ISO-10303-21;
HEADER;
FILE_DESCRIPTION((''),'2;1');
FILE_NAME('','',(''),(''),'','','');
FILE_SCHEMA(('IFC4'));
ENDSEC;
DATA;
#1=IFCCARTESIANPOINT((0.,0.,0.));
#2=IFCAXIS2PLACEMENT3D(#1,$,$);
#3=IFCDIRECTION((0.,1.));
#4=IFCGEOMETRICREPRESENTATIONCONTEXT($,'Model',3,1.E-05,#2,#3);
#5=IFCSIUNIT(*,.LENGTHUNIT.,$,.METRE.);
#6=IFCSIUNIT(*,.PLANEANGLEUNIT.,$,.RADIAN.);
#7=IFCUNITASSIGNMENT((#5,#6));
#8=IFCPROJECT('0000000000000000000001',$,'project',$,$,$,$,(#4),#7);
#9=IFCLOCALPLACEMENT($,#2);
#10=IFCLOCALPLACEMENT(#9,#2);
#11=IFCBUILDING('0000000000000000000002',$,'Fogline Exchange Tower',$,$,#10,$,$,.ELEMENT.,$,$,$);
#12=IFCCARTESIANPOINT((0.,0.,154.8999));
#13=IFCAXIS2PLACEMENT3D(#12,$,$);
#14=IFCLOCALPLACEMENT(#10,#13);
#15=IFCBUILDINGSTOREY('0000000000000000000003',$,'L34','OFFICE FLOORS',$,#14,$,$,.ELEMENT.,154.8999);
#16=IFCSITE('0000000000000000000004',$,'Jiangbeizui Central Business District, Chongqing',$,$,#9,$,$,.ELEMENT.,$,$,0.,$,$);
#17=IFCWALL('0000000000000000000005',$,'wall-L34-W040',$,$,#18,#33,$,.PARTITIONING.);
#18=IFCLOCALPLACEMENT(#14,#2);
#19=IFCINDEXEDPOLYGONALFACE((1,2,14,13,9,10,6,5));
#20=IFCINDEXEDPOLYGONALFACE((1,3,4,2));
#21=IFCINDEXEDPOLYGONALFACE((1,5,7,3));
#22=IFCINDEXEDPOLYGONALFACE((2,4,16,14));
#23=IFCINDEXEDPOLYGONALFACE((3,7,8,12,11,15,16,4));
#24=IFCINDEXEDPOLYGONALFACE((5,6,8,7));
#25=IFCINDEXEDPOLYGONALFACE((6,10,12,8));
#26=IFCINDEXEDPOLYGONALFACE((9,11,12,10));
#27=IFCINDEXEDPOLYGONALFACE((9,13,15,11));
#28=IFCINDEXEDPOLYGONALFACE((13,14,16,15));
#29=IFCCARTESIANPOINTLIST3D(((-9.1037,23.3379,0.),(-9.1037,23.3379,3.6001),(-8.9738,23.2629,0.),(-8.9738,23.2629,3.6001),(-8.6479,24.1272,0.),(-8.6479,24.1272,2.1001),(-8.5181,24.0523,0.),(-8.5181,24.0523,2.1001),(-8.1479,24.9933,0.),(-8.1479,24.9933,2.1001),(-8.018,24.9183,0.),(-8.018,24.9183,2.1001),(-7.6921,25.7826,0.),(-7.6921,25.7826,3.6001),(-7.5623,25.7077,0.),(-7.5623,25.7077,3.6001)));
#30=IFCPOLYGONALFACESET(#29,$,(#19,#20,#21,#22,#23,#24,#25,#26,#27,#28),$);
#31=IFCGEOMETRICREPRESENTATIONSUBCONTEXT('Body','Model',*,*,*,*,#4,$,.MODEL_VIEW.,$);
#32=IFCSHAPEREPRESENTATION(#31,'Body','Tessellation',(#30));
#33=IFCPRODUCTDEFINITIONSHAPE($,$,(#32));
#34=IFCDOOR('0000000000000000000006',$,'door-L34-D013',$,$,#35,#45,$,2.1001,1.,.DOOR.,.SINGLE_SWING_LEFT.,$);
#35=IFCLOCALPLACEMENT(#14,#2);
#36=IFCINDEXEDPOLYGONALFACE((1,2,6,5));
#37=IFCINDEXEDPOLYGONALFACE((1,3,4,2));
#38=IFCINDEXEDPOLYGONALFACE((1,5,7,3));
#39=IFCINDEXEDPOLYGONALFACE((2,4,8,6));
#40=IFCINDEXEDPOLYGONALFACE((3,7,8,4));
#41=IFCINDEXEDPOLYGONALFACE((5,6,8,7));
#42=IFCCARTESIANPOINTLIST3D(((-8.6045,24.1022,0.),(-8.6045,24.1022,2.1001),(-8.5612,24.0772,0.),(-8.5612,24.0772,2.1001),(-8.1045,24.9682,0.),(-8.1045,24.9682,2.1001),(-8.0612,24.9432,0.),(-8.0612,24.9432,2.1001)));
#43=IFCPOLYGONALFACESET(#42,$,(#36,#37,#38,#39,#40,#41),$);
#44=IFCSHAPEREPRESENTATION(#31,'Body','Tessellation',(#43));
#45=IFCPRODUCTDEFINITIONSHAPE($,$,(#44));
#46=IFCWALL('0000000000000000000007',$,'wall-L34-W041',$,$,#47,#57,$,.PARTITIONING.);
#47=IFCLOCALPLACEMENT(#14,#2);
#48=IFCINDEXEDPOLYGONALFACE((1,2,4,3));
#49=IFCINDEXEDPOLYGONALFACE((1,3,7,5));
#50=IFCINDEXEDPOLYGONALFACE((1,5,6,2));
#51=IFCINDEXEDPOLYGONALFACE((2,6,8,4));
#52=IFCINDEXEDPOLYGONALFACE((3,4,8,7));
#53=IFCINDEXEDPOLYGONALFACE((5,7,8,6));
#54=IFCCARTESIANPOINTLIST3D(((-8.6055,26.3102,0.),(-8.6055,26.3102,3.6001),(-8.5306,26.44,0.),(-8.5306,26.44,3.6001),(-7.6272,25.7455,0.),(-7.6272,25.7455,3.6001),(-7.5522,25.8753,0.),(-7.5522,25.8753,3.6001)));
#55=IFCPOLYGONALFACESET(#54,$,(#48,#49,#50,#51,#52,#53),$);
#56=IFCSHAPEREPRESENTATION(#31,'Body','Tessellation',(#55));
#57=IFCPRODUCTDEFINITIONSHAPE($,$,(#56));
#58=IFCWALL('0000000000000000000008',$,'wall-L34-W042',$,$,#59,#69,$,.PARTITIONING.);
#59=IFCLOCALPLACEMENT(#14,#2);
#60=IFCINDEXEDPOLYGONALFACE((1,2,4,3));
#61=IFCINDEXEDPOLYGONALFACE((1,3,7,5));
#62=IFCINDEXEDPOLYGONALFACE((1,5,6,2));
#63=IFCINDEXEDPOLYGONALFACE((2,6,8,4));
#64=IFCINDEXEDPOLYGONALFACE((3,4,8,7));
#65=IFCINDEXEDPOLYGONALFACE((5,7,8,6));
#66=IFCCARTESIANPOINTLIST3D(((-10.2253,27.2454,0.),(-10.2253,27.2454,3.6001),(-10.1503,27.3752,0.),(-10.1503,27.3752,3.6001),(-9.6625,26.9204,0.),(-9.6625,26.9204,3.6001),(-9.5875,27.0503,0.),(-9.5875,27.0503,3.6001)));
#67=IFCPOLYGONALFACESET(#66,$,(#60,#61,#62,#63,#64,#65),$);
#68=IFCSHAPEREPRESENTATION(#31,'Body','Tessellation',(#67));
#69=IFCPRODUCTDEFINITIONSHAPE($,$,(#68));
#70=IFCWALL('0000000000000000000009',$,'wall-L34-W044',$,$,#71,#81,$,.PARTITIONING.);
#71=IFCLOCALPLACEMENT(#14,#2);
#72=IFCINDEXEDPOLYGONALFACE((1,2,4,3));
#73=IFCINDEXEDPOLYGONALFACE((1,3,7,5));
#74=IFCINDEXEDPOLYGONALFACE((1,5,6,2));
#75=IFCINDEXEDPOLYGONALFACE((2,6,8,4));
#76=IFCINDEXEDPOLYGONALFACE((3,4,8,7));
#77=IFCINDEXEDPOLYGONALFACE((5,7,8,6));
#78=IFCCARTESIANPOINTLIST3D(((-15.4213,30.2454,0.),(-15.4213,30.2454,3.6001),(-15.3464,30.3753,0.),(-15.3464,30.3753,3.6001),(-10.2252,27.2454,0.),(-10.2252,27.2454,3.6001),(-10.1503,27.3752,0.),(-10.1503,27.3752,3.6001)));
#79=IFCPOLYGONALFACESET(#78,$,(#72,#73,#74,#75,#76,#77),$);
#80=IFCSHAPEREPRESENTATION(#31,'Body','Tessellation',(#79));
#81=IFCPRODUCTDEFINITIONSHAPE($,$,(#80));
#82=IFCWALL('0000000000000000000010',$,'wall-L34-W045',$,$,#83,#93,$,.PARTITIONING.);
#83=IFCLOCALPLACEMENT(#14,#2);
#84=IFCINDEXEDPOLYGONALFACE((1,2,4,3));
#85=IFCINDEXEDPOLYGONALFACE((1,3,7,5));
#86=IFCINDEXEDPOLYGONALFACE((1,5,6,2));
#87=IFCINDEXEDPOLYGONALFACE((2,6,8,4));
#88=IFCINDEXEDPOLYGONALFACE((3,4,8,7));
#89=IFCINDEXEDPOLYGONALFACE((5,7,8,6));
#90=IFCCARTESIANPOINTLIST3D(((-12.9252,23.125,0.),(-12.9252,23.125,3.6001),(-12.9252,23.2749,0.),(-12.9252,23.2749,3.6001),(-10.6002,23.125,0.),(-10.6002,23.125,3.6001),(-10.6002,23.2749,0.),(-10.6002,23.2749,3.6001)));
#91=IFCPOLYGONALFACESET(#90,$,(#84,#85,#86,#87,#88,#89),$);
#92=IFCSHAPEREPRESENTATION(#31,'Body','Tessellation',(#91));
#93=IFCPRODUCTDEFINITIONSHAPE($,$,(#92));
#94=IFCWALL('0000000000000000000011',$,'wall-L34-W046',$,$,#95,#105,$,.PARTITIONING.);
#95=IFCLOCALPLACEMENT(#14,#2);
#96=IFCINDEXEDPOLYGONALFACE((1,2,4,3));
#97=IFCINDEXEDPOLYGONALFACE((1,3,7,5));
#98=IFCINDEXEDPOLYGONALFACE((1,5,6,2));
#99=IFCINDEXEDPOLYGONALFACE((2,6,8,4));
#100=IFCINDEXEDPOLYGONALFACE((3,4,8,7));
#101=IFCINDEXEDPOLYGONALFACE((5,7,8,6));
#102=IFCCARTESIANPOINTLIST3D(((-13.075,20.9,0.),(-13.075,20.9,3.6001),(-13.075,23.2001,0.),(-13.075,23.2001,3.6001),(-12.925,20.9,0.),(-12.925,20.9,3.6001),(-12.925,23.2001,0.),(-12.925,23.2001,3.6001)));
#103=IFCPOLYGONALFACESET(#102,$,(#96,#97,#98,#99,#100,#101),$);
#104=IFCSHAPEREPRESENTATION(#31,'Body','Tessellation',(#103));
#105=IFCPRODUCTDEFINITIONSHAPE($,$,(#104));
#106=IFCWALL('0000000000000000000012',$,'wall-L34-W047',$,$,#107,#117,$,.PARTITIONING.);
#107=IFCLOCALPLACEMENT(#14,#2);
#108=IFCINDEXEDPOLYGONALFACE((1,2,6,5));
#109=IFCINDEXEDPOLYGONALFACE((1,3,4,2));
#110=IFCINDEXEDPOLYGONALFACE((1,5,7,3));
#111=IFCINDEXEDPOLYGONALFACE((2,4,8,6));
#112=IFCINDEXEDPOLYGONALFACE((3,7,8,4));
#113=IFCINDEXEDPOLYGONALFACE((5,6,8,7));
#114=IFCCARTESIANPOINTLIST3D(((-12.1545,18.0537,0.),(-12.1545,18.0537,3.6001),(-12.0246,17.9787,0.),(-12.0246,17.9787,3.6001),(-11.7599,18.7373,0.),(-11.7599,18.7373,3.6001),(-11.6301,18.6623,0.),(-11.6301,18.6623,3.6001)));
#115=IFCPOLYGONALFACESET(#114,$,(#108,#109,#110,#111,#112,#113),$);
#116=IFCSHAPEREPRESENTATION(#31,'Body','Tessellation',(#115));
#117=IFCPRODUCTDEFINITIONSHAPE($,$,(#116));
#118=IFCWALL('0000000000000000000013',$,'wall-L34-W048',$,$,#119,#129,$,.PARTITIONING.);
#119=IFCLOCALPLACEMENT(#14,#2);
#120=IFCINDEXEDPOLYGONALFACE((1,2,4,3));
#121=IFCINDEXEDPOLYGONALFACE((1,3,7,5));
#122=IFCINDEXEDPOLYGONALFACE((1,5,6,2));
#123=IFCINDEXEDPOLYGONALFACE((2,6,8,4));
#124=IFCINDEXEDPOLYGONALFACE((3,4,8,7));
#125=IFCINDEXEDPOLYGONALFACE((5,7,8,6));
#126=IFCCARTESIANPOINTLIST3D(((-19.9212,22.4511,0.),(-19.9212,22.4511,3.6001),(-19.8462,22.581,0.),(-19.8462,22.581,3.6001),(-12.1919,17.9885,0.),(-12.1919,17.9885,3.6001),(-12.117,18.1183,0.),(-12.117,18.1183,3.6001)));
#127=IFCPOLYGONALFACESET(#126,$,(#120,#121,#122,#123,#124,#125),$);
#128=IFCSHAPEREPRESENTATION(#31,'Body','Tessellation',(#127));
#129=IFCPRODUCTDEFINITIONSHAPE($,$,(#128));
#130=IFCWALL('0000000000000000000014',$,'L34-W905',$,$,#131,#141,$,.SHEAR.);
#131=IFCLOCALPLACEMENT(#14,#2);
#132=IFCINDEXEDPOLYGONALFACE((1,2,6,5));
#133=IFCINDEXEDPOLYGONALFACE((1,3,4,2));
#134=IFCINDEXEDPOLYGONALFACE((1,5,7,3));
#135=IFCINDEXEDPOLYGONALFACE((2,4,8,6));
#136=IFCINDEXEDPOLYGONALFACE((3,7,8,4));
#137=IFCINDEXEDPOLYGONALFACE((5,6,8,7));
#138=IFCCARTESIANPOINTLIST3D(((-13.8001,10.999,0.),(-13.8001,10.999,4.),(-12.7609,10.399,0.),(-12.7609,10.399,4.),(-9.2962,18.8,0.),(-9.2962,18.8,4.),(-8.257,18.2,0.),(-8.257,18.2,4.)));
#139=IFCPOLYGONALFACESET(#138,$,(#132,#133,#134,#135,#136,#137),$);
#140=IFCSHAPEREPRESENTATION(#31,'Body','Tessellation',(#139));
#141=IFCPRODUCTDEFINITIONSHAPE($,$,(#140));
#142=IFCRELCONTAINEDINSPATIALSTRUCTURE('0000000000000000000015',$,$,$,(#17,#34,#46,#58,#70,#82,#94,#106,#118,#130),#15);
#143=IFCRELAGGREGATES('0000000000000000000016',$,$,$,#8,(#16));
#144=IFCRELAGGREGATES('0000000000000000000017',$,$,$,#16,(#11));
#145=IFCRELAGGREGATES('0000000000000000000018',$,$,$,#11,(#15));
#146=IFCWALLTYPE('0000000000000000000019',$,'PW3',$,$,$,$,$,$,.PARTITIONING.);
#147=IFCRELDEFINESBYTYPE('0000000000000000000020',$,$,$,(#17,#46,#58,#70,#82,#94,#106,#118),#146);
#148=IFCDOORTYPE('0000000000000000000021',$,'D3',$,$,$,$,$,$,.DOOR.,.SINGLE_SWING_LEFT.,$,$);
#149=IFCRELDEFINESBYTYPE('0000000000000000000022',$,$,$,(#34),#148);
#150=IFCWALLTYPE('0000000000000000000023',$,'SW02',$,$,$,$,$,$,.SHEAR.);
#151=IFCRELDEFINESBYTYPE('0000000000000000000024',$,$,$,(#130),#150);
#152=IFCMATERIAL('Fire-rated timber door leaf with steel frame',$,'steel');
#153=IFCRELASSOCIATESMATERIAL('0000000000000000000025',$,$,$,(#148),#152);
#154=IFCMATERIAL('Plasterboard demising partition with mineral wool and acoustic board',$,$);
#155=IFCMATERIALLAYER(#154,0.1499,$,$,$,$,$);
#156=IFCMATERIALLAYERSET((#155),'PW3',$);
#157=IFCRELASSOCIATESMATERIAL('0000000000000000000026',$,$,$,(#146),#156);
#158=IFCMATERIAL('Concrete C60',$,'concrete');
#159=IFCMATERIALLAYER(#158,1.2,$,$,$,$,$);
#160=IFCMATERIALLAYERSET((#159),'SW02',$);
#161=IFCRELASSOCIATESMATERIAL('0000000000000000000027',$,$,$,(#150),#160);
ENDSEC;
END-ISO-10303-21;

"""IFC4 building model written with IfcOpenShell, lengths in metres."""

from ifc_helpers import new_model, si_unit, direction, frame, frame_2d, origin, place, context, subcontext, project, spatial, rectangle, extrude, material, layer, layer_set, type_object, element, fill, save


model = new_model("IFC4")

# Units and contexts
model_context = context("Model", 3, precision=1e-05, world=origin(), true_north=direction((0.0, 1.0)))
body_context = subcontext(model_context, "Body", "Model", "MODEL_VIEW")
ifc_project = project(units=[si_unit("LENGTHUNIT", "METRE"), si_unit("PLANEANGLEUNIT", "RADIAN")], contexts=[model_context])

# Site, building, storey
site_placement = place(None, origin())
site = spatial("IfcSite", under=ifc_project, at=site_placement, Name="Jiangbeizui Central Business District, Chongqing", CompositionType="ELEMENT", RefElevation=0.0)
building_placement = place(site_placement, origin())
building = spatial("IfcBuilding", under=site, at=building_placement, Name="Fogline Exchange Tower", CompositionType="ELEMENT")
storey_placement = place(building_placement, frame((0.0, 0.0, 154.8999)))
storey = spatial("IfcBuildingStorey", under=building, at=storey_placement, Name="L34", Description="OFFICE FLOORS", CompositionType="ELEMENT", Elevation=154.8999)

# Shared definitions
ifc_material_1 = material(Name="Fire-rated timber door leaf with steel frame", Category="steel")
door_type_1 = type_object("IfcDoorType", Name="D3", OperationType="SINGLE_SWING_LEFT", PredefinedType="DOOR", material=ifc_material_1)

# Wall, opening, door
ifc_material_2 = material(Name="Plasterboard demising partition with mineral wool and acoustic board")
ifc_layer_1 = layer(ifc_material_2, 0.1499)
ifc_layer_set_1 = layer_set([ifc_layer_1], Name="PW3")
wall_type_1 = type_object("IfcWallType", Name="PW3", PredefinedType="PARTITIONING", material=ifc_layer_set_1)
wall_1_placement = place(storey_placement, frame((-9.0388, 23.3003, 0.0), z_axis=(0.0, 0.0, 1.0), x_axis=(0.500027, 0.86601, 0.0)))
wall_1 = element("IfcWall", 1, at=wall_1_placement, inside=storey, type_object=wall_type_1, Name="wall-L34-W040", PredefinedType="PARTITIONING", context=body_context, shape_type="SweptSolid", body=[
    extrude(rectangle(XDim=2.823, YDim=0.1499, at=frame_2d((1.4116, 0.0))), origin(), (0.0, 0.0, 1.0), 3.6001),
])
opening_1_placement = place(wall_1_placement, frame((0.9116, 0.0, 0.0)))
opening_1 = element("IfcOpeningElement", 2, at=opening_1_placement, cuts=wall_1, PredefinedType="OPENING", context=body_context, shape_type="SweptSolid", body=[
    extrude(rectangle(XDim=1.0, YDim=2.1001, at=frame_2d((0.5, 1.05))), frame((0.0, 0.085, 0.0), z_axis=(0.0, -1.0, 0.0), x_axis=(1.0, 0.0, 0.0)), (0.0, 0.0, 1.0), 0.1699),
])
door_1_placement = place(opening_1_placement, origin())
door_1 = element("IfcDoor", 3, at=door_1_placement, inside=storey, type_object=door_type_1, Name="door-L34-D013", OperationType="SINGLE_SWING_LEFT", OverallHeight=2.1001, OverallWidth=1.0, PredefinedType="DOOR", context=body_context, shape_type="SweptSolid", body=[
    extrude(rectangle(XDim=1.0, YDim=2.1001, at=frame_2d((0.5, 1.05))), frame((0.0, 0.0249, 0.0), z_axis=(0.0, -1.0, 0.0), x_axis=(1.0, 0.0, 0.0)), (0.0, 0.0, 1.0), 0.05),
])
fill(opening_1, door_1)

# Walls
wall_2_placement = place(storey_placement, frame((-7.5896, 25.8103, 0.0), z_axis=(0.0, 0.0, 1.0), x_axis=(-0.866067, 0.499928, 0.0)))
element("IfcWall", 4, at=wall_2_placement, inside=storey, type_object=wall_type_1, Name="wall-L34-W041", PredefinedType="PARTITIONING", context=body_context, shape_type="SweptSolid", body=[
    extrude(rectangle(XDim=1.1296, YDim=0.1499, at=frame_2d((0.5649, 0.0))), origin(), (0.0, 0.0, 1.0), 3.6001),
])
wall_3_placement = place(storey_placement, frame((-9.625, 26.9854, 0.0), z_axis=(0.0, 0.0, 1.0), x_axis=(-0.865992, 0.500059, 0.0)))
element("IfcWall", 5, at=wall_3_placement, inside=storey, type_object=wall_type_1, Name="wall-L34-W042", PredefinedType="PARTITIONING", context=body_context, shape_type="SweptSolid", body=[
    extrude(rectangle(XDim=0.6499, YDim=0.1499, at=frame_2d((0.325, 0.0))), origin(), (0.0, 0.0, 1.0), 3.6001),
])
wall_4_placement = place(storey_placement, frame((-10.1877, 27.3103, 0.0), z_axis=(0.0, 0.0, 1.0), x_axis=(-0.866021, 0.500008, 0.0)))
element("IfcWall", 6, at=wall_4_placement, inside=storey, type_object=wall_type_1, Name="wall-L34-W044", PredefinedType="PARTITIONING", context=body_context, shape_type="SweptSolid", body=[
    extrude(rectangle(XDim=6.0, YDim=0.1499, at=frame_2d((3.0, 0.0))), origin(), (0.0, 0.0, 1.0), 3.6001),
])
wall_5_placement = place(storey_placement, frame((-10.6001, 23.2, 0.0), z_axis=(0.0, 0.0, 1.0), x_axis=(-1.0, 0.0, 0.0)))
element("IfcWall", 7, at=wall_5_placement, inside=storey, type_object=wall_type_1, Name="wall-L34-W045", PredefinedType="PARTITIONING", context=body_context, shape_type="SweptSolid", body=[
    extrude(rectangle(XDim=2.325, YDim=0.1499, at=frame_2d((1.1626, 0.0))), origin(), (0.0, 0.0, 1.0), 3.6001),
])
wall_6_placement = place(storey_placement, frame((-13.0, 23.2, 0.0), z_axis=(0.0, 0.0, 1.0), x_axis=(0.0, -1.0, 0.0)))
element("IfcWall", 8, at=wall_6_placement, inside=storey, type_object=wall_type_1, Name="wall-L34-W046", PredefinedType="PARTITIONING", context=body_context, shape_type="SweptSolid", body=[
    extrude(rectangle(XDim=2.3, YDim=0.1499, at=frame_2d((1.1499, 0.0))), origin(), (0.0, 0.0, 1.0), 3.6001),
])
wall_7_placement = place(storey_placement, frame((-11.6951, 18.6997, 0.0), z_axis=(0.0, 0.0, 1.0), x_axis=(-0.499865, -0.866103, 0.0)))
element("IfcWall", 9, at=wall_7_placement, inside=storey, type_object=wall_type_1, Name="wall-L34-W047", PredefinedType="PARTITIONING", context=body_context, shape_type="SweptSolid", body=[
    extrude(rectangle(XDim=0.7893, YDim=0.1499, at=frame_2d((0.3945, 0.0))), origin(), (0.0, 0.0, 1.0), 3.6001),
])
wall_8_placement = place(storey_placement, frame((-12.1545, 18.0535, 0.0), z_axis=(0.0, 0.0, 1.0), x_axis=(-0.866017, 0.500014, 0.0)))
element("IfcWall", 10, at=wall_8_placement, inside=storey, type_object=wall_type_1, Name="wall-L34-W048", PredefinedType="PARTITIONING", context=body_context, shape_type="SweptSolid", body=[
    extrude(rectangle(XDim=8.925, YDim=0.1499, at=frame_2d((4.4624, 0.0))), origin(), (0.0, 0.0, 1.0), 3.6001),
])
ifc_material_3 = material(Name="Concrete C60", Category="concrete")
ifc_layer_2 = layer(ifc_material_3, 1.2)
ifc_layer_set_2 = layer_set([ifc_layer_2], Name="SW02")
wall_type_2 = type_object("IfcWallType", Name="SW02", PredefinedType="SHEAR", material=ifc_layer_set_2)
wall_9_placement = place(storey_placement, frame((-8.7766, 18.5, 0.0), z_axis=(0.0, 0.0, 1.0), x_axis=(-0.499999, -0.866026, 0.0)))
element("IfcWall", 11, at=wall_9_placement, inside=storey, type_object=wall_type_2, Name="L34-W905", PredefinedType="SHEAR", context=body_context, shape_type="SweptSolid", body=[
    extrude(rectangle(XDim=9.0078, YDim=1.2, at=frame_2d((4.5039, 0.0))), origin(), (0.0, 0.0, 1.0), 4.0),
])

save(model, "model.ifc")
